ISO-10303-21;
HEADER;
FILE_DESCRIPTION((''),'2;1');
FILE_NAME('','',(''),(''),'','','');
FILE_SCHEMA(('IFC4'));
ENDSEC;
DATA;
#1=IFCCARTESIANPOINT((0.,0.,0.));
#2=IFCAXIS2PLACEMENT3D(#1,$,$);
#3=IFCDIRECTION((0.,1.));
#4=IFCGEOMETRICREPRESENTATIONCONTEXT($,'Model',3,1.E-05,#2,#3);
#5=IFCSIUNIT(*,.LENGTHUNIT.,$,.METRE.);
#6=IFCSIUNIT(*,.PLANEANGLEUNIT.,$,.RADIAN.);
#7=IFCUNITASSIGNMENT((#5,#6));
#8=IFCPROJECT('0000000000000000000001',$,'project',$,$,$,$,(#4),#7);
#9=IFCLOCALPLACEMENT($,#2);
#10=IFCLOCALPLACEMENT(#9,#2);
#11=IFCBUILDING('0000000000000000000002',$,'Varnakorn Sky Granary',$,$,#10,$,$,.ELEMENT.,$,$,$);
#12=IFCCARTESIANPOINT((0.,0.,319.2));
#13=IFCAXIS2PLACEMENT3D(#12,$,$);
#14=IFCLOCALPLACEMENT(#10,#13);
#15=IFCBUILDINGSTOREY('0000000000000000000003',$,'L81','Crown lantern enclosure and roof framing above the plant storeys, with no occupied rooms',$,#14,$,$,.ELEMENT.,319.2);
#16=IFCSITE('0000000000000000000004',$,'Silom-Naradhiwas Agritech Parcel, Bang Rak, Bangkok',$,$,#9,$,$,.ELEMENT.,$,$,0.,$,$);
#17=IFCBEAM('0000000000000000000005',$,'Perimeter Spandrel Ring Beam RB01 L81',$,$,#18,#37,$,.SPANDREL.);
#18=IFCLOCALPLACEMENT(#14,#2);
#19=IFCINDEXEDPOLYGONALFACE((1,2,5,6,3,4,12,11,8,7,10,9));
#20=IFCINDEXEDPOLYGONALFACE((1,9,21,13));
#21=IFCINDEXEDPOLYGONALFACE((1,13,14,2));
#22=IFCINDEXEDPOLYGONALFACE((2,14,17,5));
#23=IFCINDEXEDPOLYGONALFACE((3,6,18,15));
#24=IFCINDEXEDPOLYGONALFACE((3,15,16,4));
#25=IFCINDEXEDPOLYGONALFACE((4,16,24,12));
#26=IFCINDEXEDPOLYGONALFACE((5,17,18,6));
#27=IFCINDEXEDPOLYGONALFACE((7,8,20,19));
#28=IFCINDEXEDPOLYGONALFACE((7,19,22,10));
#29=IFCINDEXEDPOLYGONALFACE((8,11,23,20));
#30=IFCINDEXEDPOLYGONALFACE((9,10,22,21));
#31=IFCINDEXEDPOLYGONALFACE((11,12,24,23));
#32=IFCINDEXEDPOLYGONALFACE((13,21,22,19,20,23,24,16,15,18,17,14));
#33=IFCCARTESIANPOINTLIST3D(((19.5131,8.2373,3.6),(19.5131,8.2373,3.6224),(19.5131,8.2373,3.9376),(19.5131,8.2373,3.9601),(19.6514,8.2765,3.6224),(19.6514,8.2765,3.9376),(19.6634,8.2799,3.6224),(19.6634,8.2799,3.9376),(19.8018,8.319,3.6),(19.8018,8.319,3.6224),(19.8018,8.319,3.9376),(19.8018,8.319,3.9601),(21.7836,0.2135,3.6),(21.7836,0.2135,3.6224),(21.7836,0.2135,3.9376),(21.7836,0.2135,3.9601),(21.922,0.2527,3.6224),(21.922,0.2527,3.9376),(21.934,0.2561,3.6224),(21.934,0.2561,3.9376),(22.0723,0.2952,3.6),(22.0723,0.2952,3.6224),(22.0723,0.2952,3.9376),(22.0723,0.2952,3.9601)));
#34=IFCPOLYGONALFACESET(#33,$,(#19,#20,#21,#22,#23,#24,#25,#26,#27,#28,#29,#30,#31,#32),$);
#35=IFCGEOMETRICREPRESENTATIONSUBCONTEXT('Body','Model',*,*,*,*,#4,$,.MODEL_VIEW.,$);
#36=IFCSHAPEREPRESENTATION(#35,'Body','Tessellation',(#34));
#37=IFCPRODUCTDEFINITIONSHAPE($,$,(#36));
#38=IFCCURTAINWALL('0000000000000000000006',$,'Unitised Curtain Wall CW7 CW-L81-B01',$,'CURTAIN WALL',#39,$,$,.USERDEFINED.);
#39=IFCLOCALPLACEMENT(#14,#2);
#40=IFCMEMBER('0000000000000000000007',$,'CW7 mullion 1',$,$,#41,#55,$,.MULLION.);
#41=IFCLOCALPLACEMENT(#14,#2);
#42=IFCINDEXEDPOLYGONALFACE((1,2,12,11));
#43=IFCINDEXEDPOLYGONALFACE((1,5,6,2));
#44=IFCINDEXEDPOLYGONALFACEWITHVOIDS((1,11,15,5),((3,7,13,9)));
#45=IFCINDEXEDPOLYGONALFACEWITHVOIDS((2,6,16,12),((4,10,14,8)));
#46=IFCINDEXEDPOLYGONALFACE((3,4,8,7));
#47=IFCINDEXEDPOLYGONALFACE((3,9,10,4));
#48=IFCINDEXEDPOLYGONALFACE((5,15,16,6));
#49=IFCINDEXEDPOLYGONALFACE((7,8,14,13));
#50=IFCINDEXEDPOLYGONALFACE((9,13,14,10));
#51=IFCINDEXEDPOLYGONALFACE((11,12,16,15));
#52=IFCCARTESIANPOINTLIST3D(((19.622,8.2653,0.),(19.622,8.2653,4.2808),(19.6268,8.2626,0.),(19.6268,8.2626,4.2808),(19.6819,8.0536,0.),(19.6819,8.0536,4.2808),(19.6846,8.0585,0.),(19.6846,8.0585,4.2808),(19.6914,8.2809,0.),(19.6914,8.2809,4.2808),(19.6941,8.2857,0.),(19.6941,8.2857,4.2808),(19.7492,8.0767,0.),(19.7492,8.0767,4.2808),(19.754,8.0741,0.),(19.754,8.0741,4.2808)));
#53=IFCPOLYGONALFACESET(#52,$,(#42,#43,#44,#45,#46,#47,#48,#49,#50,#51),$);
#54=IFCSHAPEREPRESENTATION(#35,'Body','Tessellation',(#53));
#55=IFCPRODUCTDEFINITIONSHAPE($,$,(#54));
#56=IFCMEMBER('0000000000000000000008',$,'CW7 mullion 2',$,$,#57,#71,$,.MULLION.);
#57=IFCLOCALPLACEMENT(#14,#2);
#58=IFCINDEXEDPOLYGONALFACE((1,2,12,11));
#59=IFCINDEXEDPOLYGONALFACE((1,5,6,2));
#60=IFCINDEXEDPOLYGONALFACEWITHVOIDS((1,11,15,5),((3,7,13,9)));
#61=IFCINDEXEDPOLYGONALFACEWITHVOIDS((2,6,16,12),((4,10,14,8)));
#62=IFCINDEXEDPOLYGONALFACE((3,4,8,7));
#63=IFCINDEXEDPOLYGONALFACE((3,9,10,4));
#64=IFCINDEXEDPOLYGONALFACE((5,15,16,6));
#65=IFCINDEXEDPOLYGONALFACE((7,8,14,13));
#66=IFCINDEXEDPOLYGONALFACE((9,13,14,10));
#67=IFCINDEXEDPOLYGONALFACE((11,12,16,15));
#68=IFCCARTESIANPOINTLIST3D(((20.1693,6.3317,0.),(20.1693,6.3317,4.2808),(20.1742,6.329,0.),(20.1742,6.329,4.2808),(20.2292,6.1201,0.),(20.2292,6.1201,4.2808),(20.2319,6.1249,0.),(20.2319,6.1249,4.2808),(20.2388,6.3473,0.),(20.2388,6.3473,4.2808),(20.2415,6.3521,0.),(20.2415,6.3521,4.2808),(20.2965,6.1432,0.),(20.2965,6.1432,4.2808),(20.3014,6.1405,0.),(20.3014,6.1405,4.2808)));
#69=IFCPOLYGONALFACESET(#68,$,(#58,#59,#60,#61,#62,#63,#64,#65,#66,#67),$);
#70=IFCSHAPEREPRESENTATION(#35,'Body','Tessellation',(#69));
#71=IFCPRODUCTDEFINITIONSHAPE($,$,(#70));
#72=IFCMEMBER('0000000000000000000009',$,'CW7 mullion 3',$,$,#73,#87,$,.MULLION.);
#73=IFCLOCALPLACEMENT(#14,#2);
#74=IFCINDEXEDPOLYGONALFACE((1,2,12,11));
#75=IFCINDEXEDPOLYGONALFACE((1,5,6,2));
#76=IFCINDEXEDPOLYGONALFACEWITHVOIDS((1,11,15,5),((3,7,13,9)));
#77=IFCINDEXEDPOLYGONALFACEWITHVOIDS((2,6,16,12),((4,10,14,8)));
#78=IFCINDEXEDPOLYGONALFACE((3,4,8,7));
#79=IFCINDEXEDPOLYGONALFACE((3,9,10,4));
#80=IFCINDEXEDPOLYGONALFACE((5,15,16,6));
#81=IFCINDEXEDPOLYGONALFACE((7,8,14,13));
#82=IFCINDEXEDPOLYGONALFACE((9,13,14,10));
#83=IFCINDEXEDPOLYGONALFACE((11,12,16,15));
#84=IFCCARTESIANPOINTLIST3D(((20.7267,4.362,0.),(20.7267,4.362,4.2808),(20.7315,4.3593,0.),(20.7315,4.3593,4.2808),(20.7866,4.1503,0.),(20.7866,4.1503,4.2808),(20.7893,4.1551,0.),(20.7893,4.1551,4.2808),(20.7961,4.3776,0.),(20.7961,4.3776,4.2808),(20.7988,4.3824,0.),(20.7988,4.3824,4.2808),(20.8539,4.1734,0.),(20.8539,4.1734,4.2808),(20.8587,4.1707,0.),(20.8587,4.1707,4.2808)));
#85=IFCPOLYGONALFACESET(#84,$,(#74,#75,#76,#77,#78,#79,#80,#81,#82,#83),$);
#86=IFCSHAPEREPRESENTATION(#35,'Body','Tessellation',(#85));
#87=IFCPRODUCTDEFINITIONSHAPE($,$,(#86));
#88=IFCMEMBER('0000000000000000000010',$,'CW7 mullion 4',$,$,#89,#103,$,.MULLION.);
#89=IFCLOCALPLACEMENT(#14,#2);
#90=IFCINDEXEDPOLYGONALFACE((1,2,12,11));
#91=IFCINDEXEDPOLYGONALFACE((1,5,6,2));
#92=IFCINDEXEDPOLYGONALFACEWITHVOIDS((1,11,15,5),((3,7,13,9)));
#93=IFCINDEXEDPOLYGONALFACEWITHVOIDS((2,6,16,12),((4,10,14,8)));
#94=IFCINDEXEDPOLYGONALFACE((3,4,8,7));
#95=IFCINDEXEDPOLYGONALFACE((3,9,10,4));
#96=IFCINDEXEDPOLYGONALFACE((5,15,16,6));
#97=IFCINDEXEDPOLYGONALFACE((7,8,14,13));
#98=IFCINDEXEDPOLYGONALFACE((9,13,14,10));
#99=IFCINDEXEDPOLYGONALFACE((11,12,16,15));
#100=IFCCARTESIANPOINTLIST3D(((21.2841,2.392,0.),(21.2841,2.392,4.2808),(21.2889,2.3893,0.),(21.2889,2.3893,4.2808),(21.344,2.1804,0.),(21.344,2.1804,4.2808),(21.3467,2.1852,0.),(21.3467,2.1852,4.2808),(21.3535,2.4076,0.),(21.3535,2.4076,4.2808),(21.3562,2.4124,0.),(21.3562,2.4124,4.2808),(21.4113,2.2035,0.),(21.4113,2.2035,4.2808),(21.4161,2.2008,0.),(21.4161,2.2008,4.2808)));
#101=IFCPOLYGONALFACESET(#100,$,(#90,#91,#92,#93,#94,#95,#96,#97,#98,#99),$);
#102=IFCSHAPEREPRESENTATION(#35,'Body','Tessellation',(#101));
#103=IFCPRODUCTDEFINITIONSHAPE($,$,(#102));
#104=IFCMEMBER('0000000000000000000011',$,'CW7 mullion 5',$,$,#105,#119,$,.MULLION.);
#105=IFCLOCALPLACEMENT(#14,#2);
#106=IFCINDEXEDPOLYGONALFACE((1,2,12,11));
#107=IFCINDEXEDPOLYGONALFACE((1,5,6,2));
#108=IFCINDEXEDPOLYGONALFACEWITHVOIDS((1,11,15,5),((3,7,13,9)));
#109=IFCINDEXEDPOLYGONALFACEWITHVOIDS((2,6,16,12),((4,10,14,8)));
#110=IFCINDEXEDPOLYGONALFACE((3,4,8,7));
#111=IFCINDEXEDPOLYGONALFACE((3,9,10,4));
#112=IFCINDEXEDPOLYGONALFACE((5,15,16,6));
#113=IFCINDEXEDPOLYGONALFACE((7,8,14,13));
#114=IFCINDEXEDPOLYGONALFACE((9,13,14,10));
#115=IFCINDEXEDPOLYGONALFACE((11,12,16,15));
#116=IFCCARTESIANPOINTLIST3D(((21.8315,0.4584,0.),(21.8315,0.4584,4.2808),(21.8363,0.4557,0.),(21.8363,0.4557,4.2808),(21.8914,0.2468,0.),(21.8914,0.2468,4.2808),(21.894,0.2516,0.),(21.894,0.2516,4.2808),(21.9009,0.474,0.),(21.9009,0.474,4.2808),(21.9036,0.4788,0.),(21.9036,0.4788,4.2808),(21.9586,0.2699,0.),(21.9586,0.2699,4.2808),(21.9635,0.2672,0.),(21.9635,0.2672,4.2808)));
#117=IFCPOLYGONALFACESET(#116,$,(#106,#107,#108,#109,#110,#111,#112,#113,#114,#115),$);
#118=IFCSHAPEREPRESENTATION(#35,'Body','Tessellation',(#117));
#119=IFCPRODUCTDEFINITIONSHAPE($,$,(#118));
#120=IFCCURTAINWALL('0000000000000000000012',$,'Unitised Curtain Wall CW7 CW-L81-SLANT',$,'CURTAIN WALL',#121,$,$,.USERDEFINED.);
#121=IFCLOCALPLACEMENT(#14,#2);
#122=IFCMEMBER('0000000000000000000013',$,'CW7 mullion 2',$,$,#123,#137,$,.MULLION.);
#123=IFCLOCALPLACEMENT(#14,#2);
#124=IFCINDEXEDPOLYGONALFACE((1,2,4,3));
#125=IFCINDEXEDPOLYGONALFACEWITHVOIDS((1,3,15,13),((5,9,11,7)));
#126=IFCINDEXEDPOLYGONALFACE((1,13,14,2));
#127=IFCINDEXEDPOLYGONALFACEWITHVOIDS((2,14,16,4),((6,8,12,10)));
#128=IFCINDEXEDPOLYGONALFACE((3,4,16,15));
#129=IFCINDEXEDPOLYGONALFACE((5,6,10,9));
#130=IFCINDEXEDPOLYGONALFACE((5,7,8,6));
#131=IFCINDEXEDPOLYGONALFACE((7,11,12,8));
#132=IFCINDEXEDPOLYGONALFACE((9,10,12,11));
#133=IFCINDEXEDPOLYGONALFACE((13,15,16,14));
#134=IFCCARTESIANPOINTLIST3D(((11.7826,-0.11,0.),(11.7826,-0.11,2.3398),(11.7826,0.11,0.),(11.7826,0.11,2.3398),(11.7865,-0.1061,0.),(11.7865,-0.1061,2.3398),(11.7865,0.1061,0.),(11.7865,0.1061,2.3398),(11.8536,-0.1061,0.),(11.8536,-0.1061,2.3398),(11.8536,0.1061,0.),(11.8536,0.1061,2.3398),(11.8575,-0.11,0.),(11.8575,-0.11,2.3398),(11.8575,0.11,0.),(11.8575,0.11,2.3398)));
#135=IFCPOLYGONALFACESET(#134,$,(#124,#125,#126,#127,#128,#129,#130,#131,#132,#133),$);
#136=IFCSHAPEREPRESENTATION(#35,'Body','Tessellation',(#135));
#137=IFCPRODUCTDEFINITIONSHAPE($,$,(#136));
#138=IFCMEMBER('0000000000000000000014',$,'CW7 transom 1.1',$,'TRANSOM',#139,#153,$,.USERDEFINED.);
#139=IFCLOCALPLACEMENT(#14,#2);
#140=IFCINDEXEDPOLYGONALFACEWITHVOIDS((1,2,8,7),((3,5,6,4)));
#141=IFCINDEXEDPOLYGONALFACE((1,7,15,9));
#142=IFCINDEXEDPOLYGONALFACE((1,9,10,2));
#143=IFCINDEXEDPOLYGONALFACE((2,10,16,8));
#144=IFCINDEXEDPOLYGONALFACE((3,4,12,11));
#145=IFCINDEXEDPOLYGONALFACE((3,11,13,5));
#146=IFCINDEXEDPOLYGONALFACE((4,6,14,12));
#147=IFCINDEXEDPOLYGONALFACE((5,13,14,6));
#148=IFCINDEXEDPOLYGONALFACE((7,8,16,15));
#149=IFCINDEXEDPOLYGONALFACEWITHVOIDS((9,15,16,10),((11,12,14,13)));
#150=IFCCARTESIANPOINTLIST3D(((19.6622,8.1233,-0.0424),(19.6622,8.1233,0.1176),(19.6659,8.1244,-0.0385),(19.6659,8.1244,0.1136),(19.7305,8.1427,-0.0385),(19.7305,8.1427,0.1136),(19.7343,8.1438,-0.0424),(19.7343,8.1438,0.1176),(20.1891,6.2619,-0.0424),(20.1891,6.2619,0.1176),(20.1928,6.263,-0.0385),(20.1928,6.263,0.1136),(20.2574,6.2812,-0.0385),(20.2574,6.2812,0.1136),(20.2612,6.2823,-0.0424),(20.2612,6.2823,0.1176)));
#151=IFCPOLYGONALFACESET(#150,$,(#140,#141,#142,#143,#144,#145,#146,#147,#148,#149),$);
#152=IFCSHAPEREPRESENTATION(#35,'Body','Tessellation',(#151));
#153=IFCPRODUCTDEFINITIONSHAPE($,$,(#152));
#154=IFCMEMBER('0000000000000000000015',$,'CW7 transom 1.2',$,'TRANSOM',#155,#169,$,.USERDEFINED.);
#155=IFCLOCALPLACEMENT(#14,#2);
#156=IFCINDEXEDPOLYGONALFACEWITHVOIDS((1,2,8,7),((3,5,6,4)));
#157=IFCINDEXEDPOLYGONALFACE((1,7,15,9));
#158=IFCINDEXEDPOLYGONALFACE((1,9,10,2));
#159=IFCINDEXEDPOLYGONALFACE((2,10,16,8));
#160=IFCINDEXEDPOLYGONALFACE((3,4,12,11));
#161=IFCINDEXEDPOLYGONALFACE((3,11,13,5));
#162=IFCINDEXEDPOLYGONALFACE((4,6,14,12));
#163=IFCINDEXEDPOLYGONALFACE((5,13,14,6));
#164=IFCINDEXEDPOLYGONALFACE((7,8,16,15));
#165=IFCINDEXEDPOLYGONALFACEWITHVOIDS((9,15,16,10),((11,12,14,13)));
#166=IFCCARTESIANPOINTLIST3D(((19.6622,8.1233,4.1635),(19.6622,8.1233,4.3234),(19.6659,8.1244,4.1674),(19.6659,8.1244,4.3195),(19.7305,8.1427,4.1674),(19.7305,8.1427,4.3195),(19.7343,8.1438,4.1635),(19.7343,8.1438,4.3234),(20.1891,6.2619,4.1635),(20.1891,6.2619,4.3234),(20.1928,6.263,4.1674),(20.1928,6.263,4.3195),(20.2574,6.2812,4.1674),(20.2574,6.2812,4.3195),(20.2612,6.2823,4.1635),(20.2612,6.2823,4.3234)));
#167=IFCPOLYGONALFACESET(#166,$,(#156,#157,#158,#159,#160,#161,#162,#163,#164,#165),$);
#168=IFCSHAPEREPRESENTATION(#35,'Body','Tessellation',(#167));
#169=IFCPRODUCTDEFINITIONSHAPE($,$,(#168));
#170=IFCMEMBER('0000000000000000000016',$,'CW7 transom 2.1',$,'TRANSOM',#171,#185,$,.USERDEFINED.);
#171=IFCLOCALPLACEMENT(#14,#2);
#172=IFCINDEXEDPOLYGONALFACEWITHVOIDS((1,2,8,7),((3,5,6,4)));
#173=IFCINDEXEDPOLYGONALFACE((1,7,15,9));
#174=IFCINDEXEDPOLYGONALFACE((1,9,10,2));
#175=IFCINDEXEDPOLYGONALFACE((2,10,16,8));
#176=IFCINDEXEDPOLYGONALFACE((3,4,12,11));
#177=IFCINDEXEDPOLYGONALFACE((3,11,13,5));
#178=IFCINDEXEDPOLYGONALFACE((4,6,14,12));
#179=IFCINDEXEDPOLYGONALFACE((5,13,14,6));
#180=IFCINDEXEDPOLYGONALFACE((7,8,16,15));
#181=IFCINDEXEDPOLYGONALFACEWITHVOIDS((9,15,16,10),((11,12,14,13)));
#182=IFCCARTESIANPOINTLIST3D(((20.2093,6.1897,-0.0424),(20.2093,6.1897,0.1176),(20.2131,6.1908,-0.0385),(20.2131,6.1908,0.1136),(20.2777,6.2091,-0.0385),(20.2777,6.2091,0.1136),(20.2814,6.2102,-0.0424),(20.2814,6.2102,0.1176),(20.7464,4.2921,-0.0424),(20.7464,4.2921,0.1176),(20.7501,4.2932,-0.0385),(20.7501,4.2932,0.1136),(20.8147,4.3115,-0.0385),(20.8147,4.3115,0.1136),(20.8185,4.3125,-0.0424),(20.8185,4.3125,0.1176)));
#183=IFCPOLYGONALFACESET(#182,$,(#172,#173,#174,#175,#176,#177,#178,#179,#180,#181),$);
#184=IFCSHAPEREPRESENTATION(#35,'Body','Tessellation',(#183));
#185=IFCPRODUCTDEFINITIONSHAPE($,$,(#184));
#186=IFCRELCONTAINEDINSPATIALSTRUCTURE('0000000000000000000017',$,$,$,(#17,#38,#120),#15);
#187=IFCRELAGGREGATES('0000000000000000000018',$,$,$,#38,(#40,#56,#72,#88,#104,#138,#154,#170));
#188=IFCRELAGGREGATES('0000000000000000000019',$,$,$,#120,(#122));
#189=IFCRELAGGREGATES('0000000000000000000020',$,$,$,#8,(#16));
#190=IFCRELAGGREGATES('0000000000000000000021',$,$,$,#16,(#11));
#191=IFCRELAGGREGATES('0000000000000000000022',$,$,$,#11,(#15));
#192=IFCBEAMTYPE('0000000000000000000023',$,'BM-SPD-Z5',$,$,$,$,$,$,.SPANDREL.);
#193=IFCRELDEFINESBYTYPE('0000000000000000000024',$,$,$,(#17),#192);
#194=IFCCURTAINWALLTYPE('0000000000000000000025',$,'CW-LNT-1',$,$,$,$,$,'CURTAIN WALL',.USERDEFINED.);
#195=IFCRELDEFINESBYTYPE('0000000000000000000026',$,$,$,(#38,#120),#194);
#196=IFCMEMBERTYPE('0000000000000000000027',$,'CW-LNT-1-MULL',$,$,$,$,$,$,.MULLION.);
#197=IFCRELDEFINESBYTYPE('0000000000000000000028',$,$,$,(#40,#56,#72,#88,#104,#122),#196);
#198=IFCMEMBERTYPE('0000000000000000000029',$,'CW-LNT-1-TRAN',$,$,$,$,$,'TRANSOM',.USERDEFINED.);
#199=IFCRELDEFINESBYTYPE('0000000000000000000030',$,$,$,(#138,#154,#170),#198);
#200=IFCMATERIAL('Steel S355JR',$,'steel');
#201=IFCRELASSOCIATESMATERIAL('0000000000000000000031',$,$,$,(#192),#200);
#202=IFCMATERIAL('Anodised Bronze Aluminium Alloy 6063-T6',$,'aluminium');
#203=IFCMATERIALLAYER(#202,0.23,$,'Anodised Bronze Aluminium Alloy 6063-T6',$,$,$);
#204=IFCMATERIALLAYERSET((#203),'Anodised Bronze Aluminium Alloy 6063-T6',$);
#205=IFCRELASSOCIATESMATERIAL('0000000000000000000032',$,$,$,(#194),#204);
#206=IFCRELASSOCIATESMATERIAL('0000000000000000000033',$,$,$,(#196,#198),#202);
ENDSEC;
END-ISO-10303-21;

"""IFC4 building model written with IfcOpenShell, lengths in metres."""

from ifc_helpers import new_model, si_unit, direction, frame, origin, origin_2d, place, context, subcontext, project, spatial, hollow_rectangle, i_section, extrude, material, layer, layer_set, material_profile, profile_set, type_object, element, aggregate, save


model = new_model("IFC4")

# Units and contexts
model_context = context("Model", 3, precision=1e-05, world=origin(), true_north=direction((0.0, 1.0)))
body_context = subcontext(model_context, "Body", "Model", "MODEL_VIEW")
ifc_project = project(units=[si_unit("LENGTHUNIT", "METRE"), si_unit("PLANEANGLEUNIT", "RADIAN")], contexts=[model_context])

# Site, building, storey
site_placement = place(None, origin())
site = spatial("IfcSite", under=ifc_project, at=site_placement, Name="Silom-Naradhiwas Agritech Parcel, Bang Rak, Bangkok", CompositionType="ELEMENT", RefElevation=0.0)
building_placement = place(site_placement, origin())
building = spatial("IfcBuilding", under=site, at=building_placement, Name="Varnakorn Sky Granary", CompositionType="ELEMENT")
storey_placement = place(building_placement, frame((0.0, 0.0, 319.2)))
storey = spatial("IfcBuildingStorey", under=building, at=storey_placement, Name="L81", Description="Crown lantern enclosure and roof framing above the plant storeys, with no occupied rooms", CompositionType="ELEMENT", Elevation=319.2)

# Beam
ifc_material_1 = material(Name="Steel S355JR", Category="steel")
ifc_material_profile_1 = material_profile(ifc_material_1, i_section(OverallWidth=0.3, OverallDepth=0.3601, WebThickness=0.0125, FlangeThickness=0.0225, at=origin_2d()), Name="HE 360 B")
ifc_profile_set_1 = profile_set([ifc_material_profile_1], Name="Steel S355JR")
beam_type = type_object("IfcBeamType", Name="BM-SPD-Z5", PredefinedType="SPANDREL", material=ifc_profile_set_1)
beam_placement = place(storey_placement, frame((21.928, 0.2544, 3.78), z_axis=(-0.272284, 0.962217, 0.0), x_axis=(-0.962217, -0.272284, 0.0)))
element("IfcBeam", 1, at=beam_placement, inside=storey, type_object=beam_type, Name="Perimeter Spandrel Ring Beam RB01 L81", PredefinedType="SPANDREL", context=body_context, shape_type="SweptSolid", body=[
    extrude(i_section(OverallWidth=0.3, OverallDepth=0.3601, WebThickness=0.0125, FlangeThickness=0.0225, at=origin_2d()), origin(), (0.0, 0.0, 1.0), 8.3389),
])

# Curtain wall, members
ifc_material_2 = material(Name="Anodised Bronze Aluminium Alloy 6063-T6", Category="aluminium")
ifc_layer_1 = layer(ifc_material_2, 0.23, Name="Anodised Bronze Aluminium Alloy 6063-T6")
ifc_layer_set_1 = layer_set([ifc_layer_1], Name="Anodised Bronze Aluminium Alloy 6063-T6")
curtain_wall_type = type_object("IfcCurtainWallType", Name="CW-LNT-1", ElementType="CURTAIN WALL", PredefinedType="USERDEFINED", material=ifc_layer_set_1)
curtain_wall_1_placement = place(storey_placement, origin())
curtain_wall_1 = element("IfcCurtainWall", 2, at=curtain_wall_1_placement, inside=storey, type_object=curtain_wall_type, Name="Unitised Curtain Wall CW7 CW-L81-B01", ObjectType="CURTAIN WALL", PredefinedType="USERDEFINED")
ifc_material_profile_2 = material_profile(ifc_material_2, hollow_rectangle(XDim=0.075, YDim=0.22, WallThickness=0.0039, at=origin_2d()), Name="ALU MULL 75x220")
ifc_profile_set_2 = profile_set([ifc_material_profile_2], Name="Anodised Bronze Aluminium Alloy 6063-T6")
member_type_1 = type_object("IfcMemberType", Name="CW-LNT-1-MULL", PredefinedType="MULLION", material=ifc_profile_set_2)
member_1_placement = place(storey_placement, frame((19.688, 8.1697, 0.0), z_axis=(0.0, 0.0, 1.0), x_axis=(0.96221, 0.272307, 0.0)))
member_1 = element("IfcMember", 3, at=member_1_placement, type_object=member_type_1, Name="CW7 mullion 1", PredefinedType="MULLION", context=body_context, shape_type="SweptSolid", body=[
    extrude(hollow_rectangle(XDim=0.075, YDim=0.22, WallThickness=0.0039, at=origin_2d()), origin(), (0.0, 0.0, 1.0), 4.2808),
])
member_2_placement = place(storey_placement, frame((20.2354, 6.2361, 0.0), z_axis=(0.0, 0.0, 1.0), x_axis=(0.96221, 0.272307, 0.0)))
member_2 = element("IfcMember", 4, at=member_2_placement, type_object=member_type_1, Name="CW7 mullion 2", PredefinedType="MULLION", context=body_context, shape_type="SweptSolid", body=[
    extrude(hollow_rectangle(XDim=0.075, YDim=0.22, WallThickness=0.0039, at=origin_2d()), origin(), (0.0, 0.0, 1.0), 4.2808),
])
member_3_placement = place(storey_placement, frame((20.7927, 4.2664, 0.0), z_axis=(0.0, 0.0, 1.0), x_axis=(0.96221, 0.272307, 0.0)))
member_3 = element("IfcMember", 5, at=member_3_placement, type_object=member_type_1, Name="CW7 mullion 3", PredefinedType="MULLION", context=body_context, shape_type="SweptSolid", body=[
    extrude(hollow_rectangle(XDim=0.075, YDim=0.22, WallThickness=0.0039, at=origin_2d()), origin(), (0.0, 0.0, 1.0), 4.2808),
])
member_4_placement = place(storey_placement, frame((21.3501, 2.2964, 0.0), z_axis=(0.0, 0.0, 1.0), x_axis=(0.96221, 0.272307, 0.0)))
member_4 = element("IfcMember", 6, at=member_4_placement, type_object=member_type_1, Name="CW7 mullion 4", PredefinedType="MULLION", context=body_context, shape_type="SweptSolid", body=[
    extrude(hollow_rectangle(XDim=0.075, YDim=0.22, WallThickness=0.0039, at=origin_2d()), origin(), (0.0, 0.0, 1.0), 4.2808),
])
member_5_placement = place(storey_placement, frame((21.8975, 0.3628, 0.0), z_axis=(0.0, 0.0, 1.0), x_axis=(0.96221, 0.272307, 0.0)))
member_5 = element("IfcMember", 7, at=member_5_placement, type_object=member_type_1, Name="CW7 mullion 5", PredefinedType="MULLION", context=body_context, shape_type="SweptSolid", body=[
    extrude(hollow_rectangle(XDim=0.075, YDim=0.22, WallThickness=0.0039, at=origin_2d()), origin(), (0.0, 0.0, 1.0), 4.2808),
])

# Curtain wall, member
curtain_wall_2_placement = place(storey_placement, origin())
curtain_wall_2 = element("IfcCurtainWall", 8, at=curtain_wall_2_placement, inside=storey, type_object=curtain_wall_type, Name="Unitised Curtain Wall CW7 CW-L81-SLANT", ObjectType="CURTAIN WALL", PredefinedType="USERDEFINED")
member_6_placement = place(storey_placement, frame((11.8201, 0.0, 0.0), z_axis=(0.0, 0.0, 1.0), x_axis=(-1.0, 0.0, 0.0)))
member_6 = element("IfcMember", 9, at=member_6_placement, type_object=member_type_1, Name="CW7 mullion 2", PredefinedType="MULLION", context=body_context, shape_type="SweptSolid", body=[
    extrude(hollow_rectangle(XDim=0.075, YDim=0.22, WallThickness=0.0039, at=origin_2d()), origin(), (0.0, 0.0, 1.0), 2.3398),
])

# Members
ifc_material_profile_3 = material_profile(ifc_material_2, hollow_rectangle(XDim=0.075, YDim=0.1599, WallThickness=0.0039, at=origin_2d()), Name="ALU TRAN 75x160")
ifc_profile_set_3 = profile_set([ifc_material_profile_3], Name="Anodised Bronze Aluminium Alloy 6063-T6")
member_type_2 = type_object("IfcMemberType", Name="CW-LNT-1-TRAN", ElementType="TRANSOM", PredefinedType="USERDEFINED", material=ifc_profile_set_3)
member_7_placement = place(storey_placement, frame((19.6982, 8.1335, 0.0376), z_axis=(0.272353, -0.962197, 0.0), x_axis=(0.962197, 0.272353, 0.0)))
member_7 = element("IfcMember", 10, at=member_7_placement, type_object=member_type_2, Name="CW7 transom 1.1", ObjectType="TRANSOM", PredefinedType="USERDEFINED", context=body_context, shape_type="SweptSolid", body=[
    extrude(hollow_rectangle(XDim=0.075, YDim=0.1599, WallThickness=0.0039, at=origin_2d()), origin(), (0.0, 0.0, 1.0), 1.9346),
])
member_8_placement = place(storey_placement, frame((19.6982, 8.1335, 4.2434), z_axis=(0.272353, -0.962197, 0.0), x_axis=(0.962197, 0.272353, 0.0)))
member_8 = element("IfcMember", 11, at=member_8_placement, type_object=member_type_2, Name="CW7 transom 1.2", ObjectType="TRANSOM", PredefinedType="USERDEFINED", context=body_context, shape_type="SweptSolid", body=[
    extrude(hollow_rectangle(XDim=0.075, YDim=0.1599, WallThickness=0.0039, at=origin_2d()), origin(), (0.0, 0.0, 1.0), 1.9346),
])
member_9_placement = place(storey_placement, frame((20.2454, 6.2, 0.0376), z_axis=(0.272333, -0.962203, 0.0), x_axis=(0.962203, 0.272333, 0.0)))
member_9 = element("IfcMember", 12, at=member_9_placement, type_object=member_type_2, Name="CW7 transom 2.1", ObjectType="TRANSOM", PredefinedType="USERDEFINED", context=body_context, shape_type="SweptSolid", body=[
    extrude(hollow_rectangle(XDim=0.075, YDim=0.1599, WallThickness=0.0039, at=origin_2d()), origin(), (0.0, 0.0, 1.0), 1.9722),
])

aggregate(curtain_wall_1, [member_1, member_2, member_3, member_4, member_5, member_7, member_8, member_9])
aggregate(curtain_wall_2, [member_6])

save(model, "model.ifc")
